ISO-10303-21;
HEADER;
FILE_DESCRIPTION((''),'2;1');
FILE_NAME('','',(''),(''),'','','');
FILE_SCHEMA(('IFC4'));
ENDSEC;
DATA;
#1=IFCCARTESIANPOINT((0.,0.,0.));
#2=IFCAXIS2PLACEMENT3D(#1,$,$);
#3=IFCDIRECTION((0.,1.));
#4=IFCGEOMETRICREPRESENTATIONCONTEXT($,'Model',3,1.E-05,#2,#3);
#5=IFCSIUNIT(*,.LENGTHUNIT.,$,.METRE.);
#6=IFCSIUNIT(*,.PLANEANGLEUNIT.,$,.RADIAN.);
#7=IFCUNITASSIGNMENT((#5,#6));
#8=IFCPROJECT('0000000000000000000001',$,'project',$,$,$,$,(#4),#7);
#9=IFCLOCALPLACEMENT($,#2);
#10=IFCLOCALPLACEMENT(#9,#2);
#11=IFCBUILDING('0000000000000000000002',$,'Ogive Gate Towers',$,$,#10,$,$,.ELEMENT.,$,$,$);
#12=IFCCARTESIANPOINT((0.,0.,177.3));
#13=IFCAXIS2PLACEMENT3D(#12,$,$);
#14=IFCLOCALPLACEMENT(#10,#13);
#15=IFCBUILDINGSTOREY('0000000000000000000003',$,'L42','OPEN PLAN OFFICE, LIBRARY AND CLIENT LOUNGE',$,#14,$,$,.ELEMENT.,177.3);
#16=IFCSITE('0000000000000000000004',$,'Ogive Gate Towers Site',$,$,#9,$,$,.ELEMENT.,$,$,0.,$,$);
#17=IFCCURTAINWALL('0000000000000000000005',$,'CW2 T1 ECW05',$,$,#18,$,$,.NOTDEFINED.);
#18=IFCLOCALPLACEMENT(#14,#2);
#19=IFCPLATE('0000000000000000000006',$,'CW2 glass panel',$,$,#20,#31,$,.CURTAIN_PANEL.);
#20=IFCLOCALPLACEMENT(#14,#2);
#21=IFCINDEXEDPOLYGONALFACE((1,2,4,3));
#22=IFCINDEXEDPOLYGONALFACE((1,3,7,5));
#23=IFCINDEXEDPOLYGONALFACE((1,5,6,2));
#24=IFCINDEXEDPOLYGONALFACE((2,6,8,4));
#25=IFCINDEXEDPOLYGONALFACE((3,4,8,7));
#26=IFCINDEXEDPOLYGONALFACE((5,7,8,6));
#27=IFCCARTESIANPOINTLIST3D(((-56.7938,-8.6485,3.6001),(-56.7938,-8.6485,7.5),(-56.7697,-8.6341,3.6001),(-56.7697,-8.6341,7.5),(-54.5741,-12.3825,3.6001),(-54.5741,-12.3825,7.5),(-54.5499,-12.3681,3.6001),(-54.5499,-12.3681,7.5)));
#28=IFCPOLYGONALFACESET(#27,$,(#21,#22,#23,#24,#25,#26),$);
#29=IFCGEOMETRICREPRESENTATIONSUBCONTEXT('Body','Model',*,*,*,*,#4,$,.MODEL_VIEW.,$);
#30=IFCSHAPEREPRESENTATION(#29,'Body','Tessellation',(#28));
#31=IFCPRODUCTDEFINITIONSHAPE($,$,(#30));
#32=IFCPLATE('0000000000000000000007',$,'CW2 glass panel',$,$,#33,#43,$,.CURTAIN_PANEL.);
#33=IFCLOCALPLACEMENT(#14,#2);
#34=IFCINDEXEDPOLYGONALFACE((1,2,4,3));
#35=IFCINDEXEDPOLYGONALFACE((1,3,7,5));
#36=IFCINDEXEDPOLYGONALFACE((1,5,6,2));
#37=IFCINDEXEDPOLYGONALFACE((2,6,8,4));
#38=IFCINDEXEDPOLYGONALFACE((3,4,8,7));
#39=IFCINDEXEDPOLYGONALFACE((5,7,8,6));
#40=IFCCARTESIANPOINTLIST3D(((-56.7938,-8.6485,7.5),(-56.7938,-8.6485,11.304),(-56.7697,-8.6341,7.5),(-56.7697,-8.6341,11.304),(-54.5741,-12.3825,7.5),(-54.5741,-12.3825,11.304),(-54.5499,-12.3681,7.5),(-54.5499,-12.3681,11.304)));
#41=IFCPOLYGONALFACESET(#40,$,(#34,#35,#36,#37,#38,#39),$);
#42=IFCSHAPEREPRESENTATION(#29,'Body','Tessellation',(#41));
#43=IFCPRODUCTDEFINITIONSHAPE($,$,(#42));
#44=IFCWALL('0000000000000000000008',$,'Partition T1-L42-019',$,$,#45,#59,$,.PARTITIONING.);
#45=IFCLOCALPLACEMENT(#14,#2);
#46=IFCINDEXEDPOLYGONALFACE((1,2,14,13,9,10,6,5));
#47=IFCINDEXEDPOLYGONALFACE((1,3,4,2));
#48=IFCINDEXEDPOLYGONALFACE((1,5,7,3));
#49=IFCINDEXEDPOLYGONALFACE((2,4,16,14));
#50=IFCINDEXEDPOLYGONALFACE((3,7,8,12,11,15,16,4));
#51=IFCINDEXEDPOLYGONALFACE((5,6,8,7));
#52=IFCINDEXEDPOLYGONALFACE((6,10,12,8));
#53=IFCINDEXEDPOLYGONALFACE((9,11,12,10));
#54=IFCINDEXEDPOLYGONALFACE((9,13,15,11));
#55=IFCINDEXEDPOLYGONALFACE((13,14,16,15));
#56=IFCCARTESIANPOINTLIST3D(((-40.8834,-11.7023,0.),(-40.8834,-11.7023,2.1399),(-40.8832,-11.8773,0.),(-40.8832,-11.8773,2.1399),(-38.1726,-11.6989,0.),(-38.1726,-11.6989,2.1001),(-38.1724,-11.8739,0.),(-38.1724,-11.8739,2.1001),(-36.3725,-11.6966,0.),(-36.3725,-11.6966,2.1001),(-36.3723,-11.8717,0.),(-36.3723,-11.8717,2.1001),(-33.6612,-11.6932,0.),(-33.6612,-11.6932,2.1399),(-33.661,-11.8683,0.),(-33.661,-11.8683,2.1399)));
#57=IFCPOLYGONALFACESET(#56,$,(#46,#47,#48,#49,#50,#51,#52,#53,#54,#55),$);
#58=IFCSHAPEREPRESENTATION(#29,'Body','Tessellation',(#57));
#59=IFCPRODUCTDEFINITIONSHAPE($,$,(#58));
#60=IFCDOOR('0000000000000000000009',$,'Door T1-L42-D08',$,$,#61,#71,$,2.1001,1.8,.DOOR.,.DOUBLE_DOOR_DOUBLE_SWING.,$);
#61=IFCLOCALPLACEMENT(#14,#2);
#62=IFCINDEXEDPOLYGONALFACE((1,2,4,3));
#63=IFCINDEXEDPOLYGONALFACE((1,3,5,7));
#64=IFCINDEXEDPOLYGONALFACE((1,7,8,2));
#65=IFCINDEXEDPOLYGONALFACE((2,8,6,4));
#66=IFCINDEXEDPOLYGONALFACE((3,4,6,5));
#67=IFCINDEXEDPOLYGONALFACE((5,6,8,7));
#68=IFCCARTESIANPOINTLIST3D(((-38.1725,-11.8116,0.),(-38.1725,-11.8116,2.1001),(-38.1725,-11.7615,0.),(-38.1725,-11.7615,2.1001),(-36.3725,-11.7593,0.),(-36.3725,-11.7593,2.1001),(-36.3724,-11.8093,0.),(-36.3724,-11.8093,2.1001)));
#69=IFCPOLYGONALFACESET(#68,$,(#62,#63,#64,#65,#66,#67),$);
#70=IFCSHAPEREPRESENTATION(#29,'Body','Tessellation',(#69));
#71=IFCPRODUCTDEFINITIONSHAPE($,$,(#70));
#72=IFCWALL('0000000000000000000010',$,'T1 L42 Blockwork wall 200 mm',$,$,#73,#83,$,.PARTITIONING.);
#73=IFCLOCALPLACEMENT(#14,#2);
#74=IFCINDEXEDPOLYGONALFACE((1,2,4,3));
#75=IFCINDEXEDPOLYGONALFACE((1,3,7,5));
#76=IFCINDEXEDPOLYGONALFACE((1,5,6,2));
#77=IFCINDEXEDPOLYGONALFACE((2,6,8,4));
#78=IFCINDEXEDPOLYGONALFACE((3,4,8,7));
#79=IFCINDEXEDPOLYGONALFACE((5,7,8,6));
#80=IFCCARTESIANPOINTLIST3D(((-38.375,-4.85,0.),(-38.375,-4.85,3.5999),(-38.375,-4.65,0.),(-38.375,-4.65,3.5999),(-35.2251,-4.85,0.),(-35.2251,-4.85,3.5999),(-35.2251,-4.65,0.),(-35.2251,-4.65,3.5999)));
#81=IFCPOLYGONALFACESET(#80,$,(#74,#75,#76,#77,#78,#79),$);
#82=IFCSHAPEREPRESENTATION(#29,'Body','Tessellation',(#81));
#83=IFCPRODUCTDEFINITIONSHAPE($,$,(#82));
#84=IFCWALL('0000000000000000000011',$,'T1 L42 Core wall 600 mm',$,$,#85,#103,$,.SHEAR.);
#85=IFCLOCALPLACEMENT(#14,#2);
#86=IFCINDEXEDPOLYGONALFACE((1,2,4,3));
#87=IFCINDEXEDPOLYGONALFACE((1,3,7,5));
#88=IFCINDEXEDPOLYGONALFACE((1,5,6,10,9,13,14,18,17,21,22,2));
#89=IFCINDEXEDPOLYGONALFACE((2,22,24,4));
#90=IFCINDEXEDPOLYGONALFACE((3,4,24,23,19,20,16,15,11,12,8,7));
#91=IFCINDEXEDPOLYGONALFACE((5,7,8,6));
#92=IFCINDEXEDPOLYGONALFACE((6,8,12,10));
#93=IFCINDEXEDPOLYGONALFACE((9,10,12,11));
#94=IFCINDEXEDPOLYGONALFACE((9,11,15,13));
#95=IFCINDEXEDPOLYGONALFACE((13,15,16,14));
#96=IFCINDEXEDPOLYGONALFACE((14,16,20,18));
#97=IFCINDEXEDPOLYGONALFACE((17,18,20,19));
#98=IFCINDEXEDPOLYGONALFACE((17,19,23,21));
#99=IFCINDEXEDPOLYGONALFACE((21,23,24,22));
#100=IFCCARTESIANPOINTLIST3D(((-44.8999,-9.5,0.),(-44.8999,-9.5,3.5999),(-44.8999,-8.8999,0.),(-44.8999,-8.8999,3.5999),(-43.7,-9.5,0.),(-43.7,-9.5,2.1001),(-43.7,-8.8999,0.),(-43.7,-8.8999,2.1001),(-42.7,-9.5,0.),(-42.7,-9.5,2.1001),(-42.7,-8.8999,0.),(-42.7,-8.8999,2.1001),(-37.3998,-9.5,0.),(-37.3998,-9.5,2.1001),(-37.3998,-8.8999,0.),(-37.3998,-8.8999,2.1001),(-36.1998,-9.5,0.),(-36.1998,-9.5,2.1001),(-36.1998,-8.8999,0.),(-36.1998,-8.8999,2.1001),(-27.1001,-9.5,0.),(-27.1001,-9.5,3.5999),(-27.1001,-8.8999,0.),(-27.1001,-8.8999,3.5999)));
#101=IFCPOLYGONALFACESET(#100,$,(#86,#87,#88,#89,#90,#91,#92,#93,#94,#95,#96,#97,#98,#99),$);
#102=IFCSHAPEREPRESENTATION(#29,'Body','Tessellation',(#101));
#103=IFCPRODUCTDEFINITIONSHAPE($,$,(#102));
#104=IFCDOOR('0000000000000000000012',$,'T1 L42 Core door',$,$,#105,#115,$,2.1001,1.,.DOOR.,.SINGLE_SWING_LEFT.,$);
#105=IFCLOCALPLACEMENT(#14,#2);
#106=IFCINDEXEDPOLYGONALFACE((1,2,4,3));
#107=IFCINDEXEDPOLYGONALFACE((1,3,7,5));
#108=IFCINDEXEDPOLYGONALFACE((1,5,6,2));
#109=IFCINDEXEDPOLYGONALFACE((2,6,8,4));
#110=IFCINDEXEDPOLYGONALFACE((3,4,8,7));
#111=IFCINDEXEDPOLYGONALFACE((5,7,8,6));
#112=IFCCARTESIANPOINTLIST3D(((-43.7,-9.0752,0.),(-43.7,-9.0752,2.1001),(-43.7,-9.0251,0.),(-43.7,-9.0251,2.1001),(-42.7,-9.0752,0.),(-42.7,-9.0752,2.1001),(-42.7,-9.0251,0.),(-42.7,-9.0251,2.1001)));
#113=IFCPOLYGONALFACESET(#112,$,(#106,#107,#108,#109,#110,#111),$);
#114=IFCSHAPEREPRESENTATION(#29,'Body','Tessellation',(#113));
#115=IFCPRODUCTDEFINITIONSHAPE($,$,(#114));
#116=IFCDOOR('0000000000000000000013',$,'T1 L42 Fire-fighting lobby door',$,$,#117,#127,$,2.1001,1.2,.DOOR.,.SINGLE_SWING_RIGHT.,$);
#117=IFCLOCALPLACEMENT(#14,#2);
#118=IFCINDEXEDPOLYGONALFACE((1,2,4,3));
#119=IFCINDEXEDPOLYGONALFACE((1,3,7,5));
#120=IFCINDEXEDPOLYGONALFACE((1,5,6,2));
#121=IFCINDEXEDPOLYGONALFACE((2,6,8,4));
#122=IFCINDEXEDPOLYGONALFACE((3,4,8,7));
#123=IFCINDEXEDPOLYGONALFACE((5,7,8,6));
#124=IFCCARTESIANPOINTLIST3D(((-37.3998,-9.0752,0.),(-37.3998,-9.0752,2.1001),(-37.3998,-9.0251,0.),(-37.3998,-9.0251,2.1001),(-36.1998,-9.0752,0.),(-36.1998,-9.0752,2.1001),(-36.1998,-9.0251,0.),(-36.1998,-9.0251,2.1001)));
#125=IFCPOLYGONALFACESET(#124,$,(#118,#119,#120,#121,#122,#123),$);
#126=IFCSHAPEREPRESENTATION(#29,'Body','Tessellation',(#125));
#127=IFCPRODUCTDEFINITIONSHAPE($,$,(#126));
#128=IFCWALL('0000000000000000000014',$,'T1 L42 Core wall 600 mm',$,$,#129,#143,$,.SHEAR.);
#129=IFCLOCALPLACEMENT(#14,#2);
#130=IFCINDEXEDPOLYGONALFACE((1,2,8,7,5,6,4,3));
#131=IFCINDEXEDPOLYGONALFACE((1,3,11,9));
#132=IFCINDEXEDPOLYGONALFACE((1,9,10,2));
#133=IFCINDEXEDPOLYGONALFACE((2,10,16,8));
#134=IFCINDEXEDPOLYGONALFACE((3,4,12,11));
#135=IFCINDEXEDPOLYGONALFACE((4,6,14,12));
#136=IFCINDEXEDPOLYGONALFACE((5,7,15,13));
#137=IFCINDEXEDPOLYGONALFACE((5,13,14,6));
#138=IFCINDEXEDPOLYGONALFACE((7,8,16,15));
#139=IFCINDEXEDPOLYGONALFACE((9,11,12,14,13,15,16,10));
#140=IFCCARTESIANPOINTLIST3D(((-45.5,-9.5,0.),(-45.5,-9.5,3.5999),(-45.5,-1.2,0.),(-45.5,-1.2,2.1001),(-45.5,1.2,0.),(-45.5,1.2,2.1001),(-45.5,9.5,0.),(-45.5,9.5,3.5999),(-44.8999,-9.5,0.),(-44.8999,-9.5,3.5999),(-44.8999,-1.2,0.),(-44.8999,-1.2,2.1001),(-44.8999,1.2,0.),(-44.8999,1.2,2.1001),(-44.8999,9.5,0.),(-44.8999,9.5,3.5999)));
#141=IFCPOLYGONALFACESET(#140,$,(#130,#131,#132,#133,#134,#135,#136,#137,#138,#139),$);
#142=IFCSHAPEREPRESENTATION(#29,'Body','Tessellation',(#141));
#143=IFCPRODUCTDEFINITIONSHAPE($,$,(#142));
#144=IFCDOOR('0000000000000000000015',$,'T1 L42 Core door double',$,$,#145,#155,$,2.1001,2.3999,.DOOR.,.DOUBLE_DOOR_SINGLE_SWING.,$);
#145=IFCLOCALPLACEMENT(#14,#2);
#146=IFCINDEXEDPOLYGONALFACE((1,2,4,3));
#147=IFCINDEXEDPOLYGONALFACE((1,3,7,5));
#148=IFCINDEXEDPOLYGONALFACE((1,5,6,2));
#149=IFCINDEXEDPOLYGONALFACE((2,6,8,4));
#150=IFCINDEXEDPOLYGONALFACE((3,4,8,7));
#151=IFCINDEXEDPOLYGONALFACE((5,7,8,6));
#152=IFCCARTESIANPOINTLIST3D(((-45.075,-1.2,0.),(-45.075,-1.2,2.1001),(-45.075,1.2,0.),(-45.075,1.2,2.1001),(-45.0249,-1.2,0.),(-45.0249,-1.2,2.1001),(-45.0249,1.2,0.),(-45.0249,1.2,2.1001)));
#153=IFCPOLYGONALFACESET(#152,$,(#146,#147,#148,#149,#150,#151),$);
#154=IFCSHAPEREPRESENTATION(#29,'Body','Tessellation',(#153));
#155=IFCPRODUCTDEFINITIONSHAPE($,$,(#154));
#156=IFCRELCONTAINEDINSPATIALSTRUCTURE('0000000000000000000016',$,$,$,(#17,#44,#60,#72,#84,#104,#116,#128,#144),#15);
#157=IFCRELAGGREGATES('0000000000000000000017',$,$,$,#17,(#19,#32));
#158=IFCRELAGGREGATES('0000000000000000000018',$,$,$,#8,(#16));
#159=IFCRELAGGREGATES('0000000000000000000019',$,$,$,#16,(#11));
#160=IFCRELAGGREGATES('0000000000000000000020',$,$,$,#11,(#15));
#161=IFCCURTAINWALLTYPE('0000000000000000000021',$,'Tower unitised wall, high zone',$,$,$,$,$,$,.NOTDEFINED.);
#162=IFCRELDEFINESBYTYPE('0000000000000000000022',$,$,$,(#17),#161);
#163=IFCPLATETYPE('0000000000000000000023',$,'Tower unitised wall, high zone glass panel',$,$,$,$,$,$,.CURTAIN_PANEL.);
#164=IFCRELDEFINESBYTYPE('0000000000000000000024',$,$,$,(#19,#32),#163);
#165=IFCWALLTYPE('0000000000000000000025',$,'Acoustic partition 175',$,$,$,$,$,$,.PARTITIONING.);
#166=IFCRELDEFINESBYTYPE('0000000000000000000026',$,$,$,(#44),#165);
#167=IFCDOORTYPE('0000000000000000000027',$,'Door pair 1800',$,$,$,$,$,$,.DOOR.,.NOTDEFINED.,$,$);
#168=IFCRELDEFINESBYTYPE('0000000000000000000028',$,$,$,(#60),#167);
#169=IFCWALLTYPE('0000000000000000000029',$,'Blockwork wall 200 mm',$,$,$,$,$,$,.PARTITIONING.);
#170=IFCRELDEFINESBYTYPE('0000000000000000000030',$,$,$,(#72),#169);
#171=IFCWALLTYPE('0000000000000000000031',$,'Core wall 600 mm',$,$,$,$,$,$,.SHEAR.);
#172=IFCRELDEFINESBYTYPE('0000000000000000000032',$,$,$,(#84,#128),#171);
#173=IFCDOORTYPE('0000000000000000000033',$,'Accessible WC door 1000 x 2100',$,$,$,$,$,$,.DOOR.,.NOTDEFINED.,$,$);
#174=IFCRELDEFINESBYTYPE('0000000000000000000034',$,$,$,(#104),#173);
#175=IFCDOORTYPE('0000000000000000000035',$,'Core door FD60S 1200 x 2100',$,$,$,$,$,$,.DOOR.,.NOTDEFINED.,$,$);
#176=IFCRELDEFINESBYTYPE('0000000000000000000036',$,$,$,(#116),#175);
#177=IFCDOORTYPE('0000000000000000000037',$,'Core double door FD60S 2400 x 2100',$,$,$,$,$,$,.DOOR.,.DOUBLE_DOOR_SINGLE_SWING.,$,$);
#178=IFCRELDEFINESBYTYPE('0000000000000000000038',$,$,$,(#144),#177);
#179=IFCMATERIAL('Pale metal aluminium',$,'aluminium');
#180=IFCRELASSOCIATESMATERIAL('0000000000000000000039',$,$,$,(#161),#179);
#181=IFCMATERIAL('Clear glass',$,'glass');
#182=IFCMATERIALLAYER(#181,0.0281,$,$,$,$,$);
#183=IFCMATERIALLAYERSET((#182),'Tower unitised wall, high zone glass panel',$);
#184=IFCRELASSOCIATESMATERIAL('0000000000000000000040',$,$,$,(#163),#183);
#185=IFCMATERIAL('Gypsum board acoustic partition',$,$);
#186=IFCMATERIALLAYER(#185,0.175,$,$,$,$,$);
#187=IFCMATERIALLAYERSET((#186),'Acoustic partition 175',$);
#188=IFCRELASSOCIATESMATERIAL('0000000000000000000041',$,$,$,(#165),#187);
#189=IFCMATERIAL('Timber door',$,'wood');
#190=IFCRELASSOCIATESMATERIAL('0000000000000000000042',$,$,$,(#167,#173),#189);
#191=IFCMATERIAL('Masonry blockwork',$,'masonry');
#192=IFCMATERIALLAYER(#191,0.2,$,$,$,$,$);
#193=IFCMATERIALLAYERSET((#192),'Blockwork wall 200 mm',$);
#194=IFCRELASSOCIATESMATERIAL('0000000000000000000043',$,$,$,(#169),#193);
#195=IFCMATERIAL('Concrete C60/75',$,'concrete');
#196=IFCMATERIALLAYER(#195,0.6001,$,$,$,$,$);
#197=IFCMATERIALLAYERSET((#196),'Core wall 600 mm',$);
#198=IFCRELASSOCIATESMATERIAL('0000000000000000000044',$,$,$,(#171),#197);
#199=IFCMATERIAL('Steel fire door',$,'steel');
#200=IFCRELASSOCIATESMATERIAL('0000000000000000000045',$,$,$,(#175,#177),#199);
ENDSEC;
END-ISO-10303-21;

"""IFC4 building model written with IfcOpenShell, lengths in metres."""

from ifc_helpers import new_model, si_unit, direction, frame, frame_2d, origin, origin_2d, place, context, subcontext, project, spatial, rectangle, extrude, material, layer, layer_set, type_object, element, fill, aggregate, save


model = new_model("IFC4")

# Units and contexts
model_context = context("Model", 3, precision=1e-05, world=origin(), true_north=direction((0.0, 1.0)))
body_context = subcontext(model_context, "Body", "Model", "MODEL_VIEW")
ifc_project = project(units=[si_unit("LENGTHUNIT", "METRE"), si_unit("PLANEANGLEUNIT", "RADIAN")], contexts=[model_context])

# Site, building, storey
site_placement = place(None, origin())
site = spatial("IfcSite", under=ifc_project, at=site_placement, Name="Ogive Gate Towers Site", CompositionType="ELEMENT", RefElevation=0.0)
building_placement = place(site_placement, origin())
building = spatial("IfcBuilding", under=site, at=building_placement, Name="Ogive Gate Towers", CompositionType="ELEMENT")
storey_placement = place(building_placement, frame((0.0, 0.0, 177.3)))
storey = spatial("IfcBuildingStorey", under=building, at=storey_placement, Name="L42", Description="OPEN PLAN OFFICE, LIBRARY AND CLIENT LOUNGE", CompositionType="ELEMENT", Elevation=177.3)

# Curtain wall, plates
ifc_material_1 = material(Name="Pale metal aluminium", Category="aluminium")
curtain_wall_type = type_object("IfcCurtainWallType", Name="Tower unitised wall, high zone", PredefinedType="NOTDEFINED", material=ifc_material_1)
curtain_wall_placement = place(storey_placement, origin())
curtain_wall = element("IfcCurtainWall", 1, at=curtain_wall_placement, inside=storey, type_object=curtain_wall_type, Name="CW2 T1 ECW05", PredefinedType="NOTDEFINED")
ifc_material_2 = material(Name="Clear glass", Category="glass")
ifc_layer_1 = layer(ifc_material_2, 0.0281)
ifc_layer_set_1 = layer_set([ifc_layer_1], Name="Tower unitised wall, high zone glass panel")
plate_type = type_object("IfcPlateType", Name="Tower unitised wall, high zone glass panel", PredefinedType="CURTAIN_PANEL", material=ifc_layer_set_1)
plate_1_placement = place(storey_placement, frame((-55.6719, -10.5083, 3.6001), z_axis=(0.0, 0.0, 1.0), x_axis=(0.510993, -0.859585, 0.0)))
plate_1 = element("IfcPlate", 2, at=plate_1_placement, type_object=plate_type, Name="CW2 glass panel", PredefinedType="CURTAIN_PANEL", context=body_context, shape_type="SweptSolid", body=[
    extrude(rectangle(XDim=4.344, YDim=0.0281, at=origin_2d()), origin(), (0.0, 0.0, 1.0), 3.8999),
])
plate_2_placement = place(storey_placement, frame((-55.6719, -10.5083, 7.5), z_axis=(0.0, 0.0, 1.0), x_axis=(0.510993, -0.859585, 0.0)))
plate_2 = element("IfcPlate", 3, at=plate_2_placement, type_object=plate_type, Name="CW2 glass panel", PredefinedType="CURTAIN_PANEL", context=body_context, shape_type="SweptSolid", body=[
    extrude(rectangle(XDim=4.344, YDim=0.0281, at=origin_2d()), origin(), (0.0, 0.0, 1.0), 3.804),
])
aggregate(curtain_wall, [plate_1, plate_2])

# Wall, opening, door
ifc_material_3 = material(Name="Gypsum board acoustic partition")
ifc_layer_2 = layer(ifc_material_3, 0.175)
ifc_layer_set_2 = layer_set([ifc_layer_2], Name="Acoustic partition 175")
wall_type_1 = type_object("IfcWallType", Name="Acoustic partition 175", PredefinedType="PARTITIONING", material=ifc_layer_set_2)
wall_1_placement = place(storey_placement, frame((-40.8833, -11.7898, 0.0), z_axis=(0.0, 0.0, 1.0), x_axis=(0.999999, 0.001251, 0.0)))
wall_1 = element("IfcWall", 4, at=wall_1_placement, inside=storey, type_object=wall_type_1, Name="Partition T1-L42-019", PredefinedType="PARTITIONING", context=body_context, shape_type="SweptSolid", body=[
    extrude(rectangle(XDim=7.2222, YDim=0.175, at=frame_2d((3.6111, 0.0))), origin(), (0.0, 0.0, 1.0), 2.1399),
])
opening_1_placement = place(wall_1_placement, frame((2.7109, 0.0, 0.0)))
opening_1 = element("IfcOpeningElement", 5, at=opening_1_placement, cuts=wall_1, PredefinedType="OPENING", context=body_context, shape_type="SweptSolid", body=[
    extrude(rectangle(XDim=1.8, YDim=2.1001, at=frame_2d((0.8999, 1.05))), frame((0.0, 0.0977, 0.0), z_axis=(0.0, -1.0, 0.0), x_axis=(1.0, 0.0, 0.0)), (0.0, 0.0, 1.0), 0.1951),
])
ifc_material_4 = material(Name="Timber door", Category="wood")
door_type_1 = type_object("IfcDoorType", Name="Door pair 1800", OperationType="NOTDEFINED", PredefinedType="DOOR", material=ifc_material_4)
door_1_placement = place(opening_1_placement, origin())
door_1 = element("IfcDoor", 6, at=door_1_placement, inside=storey, type_object=door_type_1, Name="Door T1-L42-D08", OperationType="DOUBLE_DOOR_DOUBLE_SWING", OverallHeight=2.1001, OverallWidth=1.8, PredefinedType="DOOR", context=body_context, shape_type="SweptSolid", body=[
    extrude(rectangle(XDim=1.8, YDim=2.1001, at=frame_2d((0.8999, 1.05))), frame((0.0, 0.0249, 0.0), z_axis=(0.0, -1.0, 0.0), x_axis=(1.0, 0.0, 0.0)), (0.0, 0.0, 1.0), 0.05),
])
fill(opening_1, door_1)

# Wall
ifc_material_5 = material(Name="Masonry blockwork", Category="masonry")
ifc_layer_3 = layer(ifc_material_5, 0.2)
ifc_layer_set_3 = layer_set([ifc_layer_3], Name="Blockwork wall 200 mm")
wall_type_2 = type_object("IfcWallType", Name="Blockwork wall 200 mm", PredefinedType="PARTITIONING", material=ifc_layer_set_3)
wall_2_placement = place(storey_placement, frame((-38.375, -4.75, 0.0), z_axis=(0.0, 0.0, 1.0), x_axis=(1.0, 0.0, 0.0)))
element("IfcWall", 7, at=wall_2_placement, inside=storey, type_object=wall_type_2, Name="T1 L42 Blockwork wall 200 mm", PredefinedType="PARTITIONING", context=body_context, shape_type="SweptSolid", body=[
    extrude(rectangle(XDim=3.1499, YDim=0.2, at=frame_2d((1.575, 0.0))), origin(), (0.0, 0.0, 1.0), 3.5999),
])

# Wall, openings, doors
ifc_material_6 = material(Name="Concrete C60/75", Category="concrete")
ifc_layer_4 = layer(ifc_material_6, 0.6001)
ifc_layer_set_4 = layer_set([ifc_layer_4], Name="Core wall 600 mm")
wall_type_3 = type_object("IfcWallType", Name="Core wall 600 mm", PredefinedType="SHEAR", material=ifc_layer_set_4)
wall_3_placement = place(storey_placement, frame((-44.8999, -9.2, 0.0), z_axis=(0.0, 0.0, 1.0), x_axis=(1.0, 0.0, 0.0)))
wall_3 = element("IfcWall", 8, at=wall_3_placement, inside=storey, type_object=wall_type_3, Name="T1 L42 Core wall 600 mm", PredefinedType="SHEAR", context=body_context, shape_type="SweptSolid", body=[
    extrude(rectangle(XDim=17.7998, YDim=0.6001, at=frame_2d((8.8999, 0.0))), origin(), (0.0, 0.0, 1.0), 3.5999),
])
opening_2_placement = place(wall_3_placement, frame((7.5, 0.0, 0.0)))
opening_2 = element("IfcOpeningElement", 9, at=opening_2_placement, cuts=wall_3, PredefinedType="OPENING", context=body_context, shape_type="SweptSolid", body=[
    extrude(rectangle(XDim=1.2, YDim=2.1001, at=frame_2d((0.6001, 1.05))), frame((0.0, 0.3101, 0.0), z_axis=(0.0, -1.0, 0.0), x_axis=(1.0, 0.0, 0.0)), (0.0, 0.0, 1.0), 0.6201),
])
opening_3_placement = place(wall_3_placement, frame((1.2, 0.0, 0.0)))
opening_3 = element("IfcOpeningElement", 10, at=opening_3_placement, cuts=wall_3, PredefinedType="OPENING", context=body_context, shape_type="SweptSolid", body=[
    extrude(rectangle(XDim=1.0, YDim=2.1001, at=frame_2d((0.5, 1.05))), frame((0.0, 0.3101, 0.0), z_axis=(0.0, -1.0, 0.0), x_axis=(1.0, 0.0, 0.0)), (0.0, 0.0, 1.0), 0.6201),
])
door_type_2 = type_object("IfcDoorType", Name="Accessible WC door 1000 x 2100", OperationType="NOTDEFINED", PredefinedType="DOOR", material=ifc_material_4)
door_2_placement = place(opening_3_placement, origin())
door_2 = element("IfcDoor", 11, at=door_2_placement, inside=storey, type_object=door_type_2, Name="T1 L42 Core door", OperationType="SINGLE_SWING_LEFT", OverallHeight=2.1001, OverallWidth=1.0, PredefinedType="DOOR", context=body_context, shape_type="SweptSolid", body=[
    extrude(rectangle(XDim=1.0, YDim=2.1001, at=frame_2d((0.5, 1.05))), frame((0.0, 0.1748, 0.0), z_axis=(0.0, -1.0, 0.0), x_axis=(1.0, 0.0, 0.0)), (0.0, 0.0, 1.0), 0.05),
])
fill(opening_3, door_2)
ifc_material_7 = material(Name="Steel fire door", Category="steel")
door_type_3 = type_object("IfcDoorType", Name="Core door FD60S 1200 x 2100", OperationType="NOTDEFINED", PredefinedType="DOOR", material=ifc_material_7)
door_3_placement = place(opening_2_placement, origin())
door_3 = element("IfcDoor", 12, at=door_3_placement, inside=storey, type_object=door_type_3, Name="T1 L42 Fire-fighting lobby door", OperationType="SINGLE_SWING_RIGHT", OverallHeight=2.1001, OverallWidth=1.2, PredefinedType="DOOR", context=body_context, shape_type="SweptSolid", body=[
    extrude(rectangle(XDim=1.2, YDim=2.1001, at=frame_2d((0.6001, 1.05))), frame((0.0, 0.1748, 0.0), z_axis=(0.0, -1.0, 0.0), x_axis=(1.0, 0.0, 0.0)), (0.0, 0.0, 1.0), 0.05),
])
fill(opening_2, door_3)

# Wall, opening, door
wall_4_placement = place(storey_placement, frame((-45.2, -9.5, 0.0), z_axis=(0.0, 0.0, 1.0), x_axis=(0.0, 1.0, 0.0)))
wall_4 = element("IfcWall", 13, at=wall_4_placement, inside=storey, type_object=wall_type_3, Name="T1 L42 Core wall 600 mm", PredefinedType="SHEAR", context=body_context, shape_type="SweptSolid", body=[
    extrude(rectangle(XDim=19.0, YDim=0.6001, at=frame_2d((9.5, 0.0))), origin(), (0.0, 0.0, 1.0), 3.5999),
])
opening_4_placement = place(wall_4_placement, frame((8.3, 0.0, 0.0)))
opening_4 = element("IfcOpeningElement", 14, at=opening_4_placement, cuts=wall_4, PredefinedType="OPENING", context=body_context, shape_type="SweptSolid", body=[
    extrude(rectangle(XDim=2.3999, YDim=2.1001, at=frame_2d((1.2, 1.05))), frame((0.0, 0.3101, 0.0), z_axis=(0.0, -1.0, 0.0), x_axis=(1.0, 0.0, 0.0)), (0.0, 0.0, 1.0), 0.6201),
])
door_type_4 = type_object("IfcDoorType", Name="Core double door FD60S 2400 x 2100", OperationType="DOUBLE_DOOR_SINGLE_SWING", PredefinedType="DOOR", material=ifc_material_7)
door_4_placement = place(opening_4_placement, origin())
door_4 = element("IfcDoor", 15, at=door_4_placement, inside=storey, type_object=door_type_4, Name="T1 L42 Core door double", OperationType="DOUBLE_DOOR_SINGLE_SWING", OverallHeight=2.1001, OverallWidth=2.3999, PredefinedType="DOOR", context=body_context, shape_type="SweptSolid", body=[
    extrude(rectangle(XDim=2.3999, YDim=2.1001, at=frame_2d((1.2, 1.05))), frame((0.0, -0.125, 0.0), z_axis=(0.0, -1.0, 0.0), x_axis=(1.0, 0.0, 0.0)), (0.0, 0.0, 1.0), 0.05),
])
fill(opening_4, door_4)

save(model, "model.ifc")
